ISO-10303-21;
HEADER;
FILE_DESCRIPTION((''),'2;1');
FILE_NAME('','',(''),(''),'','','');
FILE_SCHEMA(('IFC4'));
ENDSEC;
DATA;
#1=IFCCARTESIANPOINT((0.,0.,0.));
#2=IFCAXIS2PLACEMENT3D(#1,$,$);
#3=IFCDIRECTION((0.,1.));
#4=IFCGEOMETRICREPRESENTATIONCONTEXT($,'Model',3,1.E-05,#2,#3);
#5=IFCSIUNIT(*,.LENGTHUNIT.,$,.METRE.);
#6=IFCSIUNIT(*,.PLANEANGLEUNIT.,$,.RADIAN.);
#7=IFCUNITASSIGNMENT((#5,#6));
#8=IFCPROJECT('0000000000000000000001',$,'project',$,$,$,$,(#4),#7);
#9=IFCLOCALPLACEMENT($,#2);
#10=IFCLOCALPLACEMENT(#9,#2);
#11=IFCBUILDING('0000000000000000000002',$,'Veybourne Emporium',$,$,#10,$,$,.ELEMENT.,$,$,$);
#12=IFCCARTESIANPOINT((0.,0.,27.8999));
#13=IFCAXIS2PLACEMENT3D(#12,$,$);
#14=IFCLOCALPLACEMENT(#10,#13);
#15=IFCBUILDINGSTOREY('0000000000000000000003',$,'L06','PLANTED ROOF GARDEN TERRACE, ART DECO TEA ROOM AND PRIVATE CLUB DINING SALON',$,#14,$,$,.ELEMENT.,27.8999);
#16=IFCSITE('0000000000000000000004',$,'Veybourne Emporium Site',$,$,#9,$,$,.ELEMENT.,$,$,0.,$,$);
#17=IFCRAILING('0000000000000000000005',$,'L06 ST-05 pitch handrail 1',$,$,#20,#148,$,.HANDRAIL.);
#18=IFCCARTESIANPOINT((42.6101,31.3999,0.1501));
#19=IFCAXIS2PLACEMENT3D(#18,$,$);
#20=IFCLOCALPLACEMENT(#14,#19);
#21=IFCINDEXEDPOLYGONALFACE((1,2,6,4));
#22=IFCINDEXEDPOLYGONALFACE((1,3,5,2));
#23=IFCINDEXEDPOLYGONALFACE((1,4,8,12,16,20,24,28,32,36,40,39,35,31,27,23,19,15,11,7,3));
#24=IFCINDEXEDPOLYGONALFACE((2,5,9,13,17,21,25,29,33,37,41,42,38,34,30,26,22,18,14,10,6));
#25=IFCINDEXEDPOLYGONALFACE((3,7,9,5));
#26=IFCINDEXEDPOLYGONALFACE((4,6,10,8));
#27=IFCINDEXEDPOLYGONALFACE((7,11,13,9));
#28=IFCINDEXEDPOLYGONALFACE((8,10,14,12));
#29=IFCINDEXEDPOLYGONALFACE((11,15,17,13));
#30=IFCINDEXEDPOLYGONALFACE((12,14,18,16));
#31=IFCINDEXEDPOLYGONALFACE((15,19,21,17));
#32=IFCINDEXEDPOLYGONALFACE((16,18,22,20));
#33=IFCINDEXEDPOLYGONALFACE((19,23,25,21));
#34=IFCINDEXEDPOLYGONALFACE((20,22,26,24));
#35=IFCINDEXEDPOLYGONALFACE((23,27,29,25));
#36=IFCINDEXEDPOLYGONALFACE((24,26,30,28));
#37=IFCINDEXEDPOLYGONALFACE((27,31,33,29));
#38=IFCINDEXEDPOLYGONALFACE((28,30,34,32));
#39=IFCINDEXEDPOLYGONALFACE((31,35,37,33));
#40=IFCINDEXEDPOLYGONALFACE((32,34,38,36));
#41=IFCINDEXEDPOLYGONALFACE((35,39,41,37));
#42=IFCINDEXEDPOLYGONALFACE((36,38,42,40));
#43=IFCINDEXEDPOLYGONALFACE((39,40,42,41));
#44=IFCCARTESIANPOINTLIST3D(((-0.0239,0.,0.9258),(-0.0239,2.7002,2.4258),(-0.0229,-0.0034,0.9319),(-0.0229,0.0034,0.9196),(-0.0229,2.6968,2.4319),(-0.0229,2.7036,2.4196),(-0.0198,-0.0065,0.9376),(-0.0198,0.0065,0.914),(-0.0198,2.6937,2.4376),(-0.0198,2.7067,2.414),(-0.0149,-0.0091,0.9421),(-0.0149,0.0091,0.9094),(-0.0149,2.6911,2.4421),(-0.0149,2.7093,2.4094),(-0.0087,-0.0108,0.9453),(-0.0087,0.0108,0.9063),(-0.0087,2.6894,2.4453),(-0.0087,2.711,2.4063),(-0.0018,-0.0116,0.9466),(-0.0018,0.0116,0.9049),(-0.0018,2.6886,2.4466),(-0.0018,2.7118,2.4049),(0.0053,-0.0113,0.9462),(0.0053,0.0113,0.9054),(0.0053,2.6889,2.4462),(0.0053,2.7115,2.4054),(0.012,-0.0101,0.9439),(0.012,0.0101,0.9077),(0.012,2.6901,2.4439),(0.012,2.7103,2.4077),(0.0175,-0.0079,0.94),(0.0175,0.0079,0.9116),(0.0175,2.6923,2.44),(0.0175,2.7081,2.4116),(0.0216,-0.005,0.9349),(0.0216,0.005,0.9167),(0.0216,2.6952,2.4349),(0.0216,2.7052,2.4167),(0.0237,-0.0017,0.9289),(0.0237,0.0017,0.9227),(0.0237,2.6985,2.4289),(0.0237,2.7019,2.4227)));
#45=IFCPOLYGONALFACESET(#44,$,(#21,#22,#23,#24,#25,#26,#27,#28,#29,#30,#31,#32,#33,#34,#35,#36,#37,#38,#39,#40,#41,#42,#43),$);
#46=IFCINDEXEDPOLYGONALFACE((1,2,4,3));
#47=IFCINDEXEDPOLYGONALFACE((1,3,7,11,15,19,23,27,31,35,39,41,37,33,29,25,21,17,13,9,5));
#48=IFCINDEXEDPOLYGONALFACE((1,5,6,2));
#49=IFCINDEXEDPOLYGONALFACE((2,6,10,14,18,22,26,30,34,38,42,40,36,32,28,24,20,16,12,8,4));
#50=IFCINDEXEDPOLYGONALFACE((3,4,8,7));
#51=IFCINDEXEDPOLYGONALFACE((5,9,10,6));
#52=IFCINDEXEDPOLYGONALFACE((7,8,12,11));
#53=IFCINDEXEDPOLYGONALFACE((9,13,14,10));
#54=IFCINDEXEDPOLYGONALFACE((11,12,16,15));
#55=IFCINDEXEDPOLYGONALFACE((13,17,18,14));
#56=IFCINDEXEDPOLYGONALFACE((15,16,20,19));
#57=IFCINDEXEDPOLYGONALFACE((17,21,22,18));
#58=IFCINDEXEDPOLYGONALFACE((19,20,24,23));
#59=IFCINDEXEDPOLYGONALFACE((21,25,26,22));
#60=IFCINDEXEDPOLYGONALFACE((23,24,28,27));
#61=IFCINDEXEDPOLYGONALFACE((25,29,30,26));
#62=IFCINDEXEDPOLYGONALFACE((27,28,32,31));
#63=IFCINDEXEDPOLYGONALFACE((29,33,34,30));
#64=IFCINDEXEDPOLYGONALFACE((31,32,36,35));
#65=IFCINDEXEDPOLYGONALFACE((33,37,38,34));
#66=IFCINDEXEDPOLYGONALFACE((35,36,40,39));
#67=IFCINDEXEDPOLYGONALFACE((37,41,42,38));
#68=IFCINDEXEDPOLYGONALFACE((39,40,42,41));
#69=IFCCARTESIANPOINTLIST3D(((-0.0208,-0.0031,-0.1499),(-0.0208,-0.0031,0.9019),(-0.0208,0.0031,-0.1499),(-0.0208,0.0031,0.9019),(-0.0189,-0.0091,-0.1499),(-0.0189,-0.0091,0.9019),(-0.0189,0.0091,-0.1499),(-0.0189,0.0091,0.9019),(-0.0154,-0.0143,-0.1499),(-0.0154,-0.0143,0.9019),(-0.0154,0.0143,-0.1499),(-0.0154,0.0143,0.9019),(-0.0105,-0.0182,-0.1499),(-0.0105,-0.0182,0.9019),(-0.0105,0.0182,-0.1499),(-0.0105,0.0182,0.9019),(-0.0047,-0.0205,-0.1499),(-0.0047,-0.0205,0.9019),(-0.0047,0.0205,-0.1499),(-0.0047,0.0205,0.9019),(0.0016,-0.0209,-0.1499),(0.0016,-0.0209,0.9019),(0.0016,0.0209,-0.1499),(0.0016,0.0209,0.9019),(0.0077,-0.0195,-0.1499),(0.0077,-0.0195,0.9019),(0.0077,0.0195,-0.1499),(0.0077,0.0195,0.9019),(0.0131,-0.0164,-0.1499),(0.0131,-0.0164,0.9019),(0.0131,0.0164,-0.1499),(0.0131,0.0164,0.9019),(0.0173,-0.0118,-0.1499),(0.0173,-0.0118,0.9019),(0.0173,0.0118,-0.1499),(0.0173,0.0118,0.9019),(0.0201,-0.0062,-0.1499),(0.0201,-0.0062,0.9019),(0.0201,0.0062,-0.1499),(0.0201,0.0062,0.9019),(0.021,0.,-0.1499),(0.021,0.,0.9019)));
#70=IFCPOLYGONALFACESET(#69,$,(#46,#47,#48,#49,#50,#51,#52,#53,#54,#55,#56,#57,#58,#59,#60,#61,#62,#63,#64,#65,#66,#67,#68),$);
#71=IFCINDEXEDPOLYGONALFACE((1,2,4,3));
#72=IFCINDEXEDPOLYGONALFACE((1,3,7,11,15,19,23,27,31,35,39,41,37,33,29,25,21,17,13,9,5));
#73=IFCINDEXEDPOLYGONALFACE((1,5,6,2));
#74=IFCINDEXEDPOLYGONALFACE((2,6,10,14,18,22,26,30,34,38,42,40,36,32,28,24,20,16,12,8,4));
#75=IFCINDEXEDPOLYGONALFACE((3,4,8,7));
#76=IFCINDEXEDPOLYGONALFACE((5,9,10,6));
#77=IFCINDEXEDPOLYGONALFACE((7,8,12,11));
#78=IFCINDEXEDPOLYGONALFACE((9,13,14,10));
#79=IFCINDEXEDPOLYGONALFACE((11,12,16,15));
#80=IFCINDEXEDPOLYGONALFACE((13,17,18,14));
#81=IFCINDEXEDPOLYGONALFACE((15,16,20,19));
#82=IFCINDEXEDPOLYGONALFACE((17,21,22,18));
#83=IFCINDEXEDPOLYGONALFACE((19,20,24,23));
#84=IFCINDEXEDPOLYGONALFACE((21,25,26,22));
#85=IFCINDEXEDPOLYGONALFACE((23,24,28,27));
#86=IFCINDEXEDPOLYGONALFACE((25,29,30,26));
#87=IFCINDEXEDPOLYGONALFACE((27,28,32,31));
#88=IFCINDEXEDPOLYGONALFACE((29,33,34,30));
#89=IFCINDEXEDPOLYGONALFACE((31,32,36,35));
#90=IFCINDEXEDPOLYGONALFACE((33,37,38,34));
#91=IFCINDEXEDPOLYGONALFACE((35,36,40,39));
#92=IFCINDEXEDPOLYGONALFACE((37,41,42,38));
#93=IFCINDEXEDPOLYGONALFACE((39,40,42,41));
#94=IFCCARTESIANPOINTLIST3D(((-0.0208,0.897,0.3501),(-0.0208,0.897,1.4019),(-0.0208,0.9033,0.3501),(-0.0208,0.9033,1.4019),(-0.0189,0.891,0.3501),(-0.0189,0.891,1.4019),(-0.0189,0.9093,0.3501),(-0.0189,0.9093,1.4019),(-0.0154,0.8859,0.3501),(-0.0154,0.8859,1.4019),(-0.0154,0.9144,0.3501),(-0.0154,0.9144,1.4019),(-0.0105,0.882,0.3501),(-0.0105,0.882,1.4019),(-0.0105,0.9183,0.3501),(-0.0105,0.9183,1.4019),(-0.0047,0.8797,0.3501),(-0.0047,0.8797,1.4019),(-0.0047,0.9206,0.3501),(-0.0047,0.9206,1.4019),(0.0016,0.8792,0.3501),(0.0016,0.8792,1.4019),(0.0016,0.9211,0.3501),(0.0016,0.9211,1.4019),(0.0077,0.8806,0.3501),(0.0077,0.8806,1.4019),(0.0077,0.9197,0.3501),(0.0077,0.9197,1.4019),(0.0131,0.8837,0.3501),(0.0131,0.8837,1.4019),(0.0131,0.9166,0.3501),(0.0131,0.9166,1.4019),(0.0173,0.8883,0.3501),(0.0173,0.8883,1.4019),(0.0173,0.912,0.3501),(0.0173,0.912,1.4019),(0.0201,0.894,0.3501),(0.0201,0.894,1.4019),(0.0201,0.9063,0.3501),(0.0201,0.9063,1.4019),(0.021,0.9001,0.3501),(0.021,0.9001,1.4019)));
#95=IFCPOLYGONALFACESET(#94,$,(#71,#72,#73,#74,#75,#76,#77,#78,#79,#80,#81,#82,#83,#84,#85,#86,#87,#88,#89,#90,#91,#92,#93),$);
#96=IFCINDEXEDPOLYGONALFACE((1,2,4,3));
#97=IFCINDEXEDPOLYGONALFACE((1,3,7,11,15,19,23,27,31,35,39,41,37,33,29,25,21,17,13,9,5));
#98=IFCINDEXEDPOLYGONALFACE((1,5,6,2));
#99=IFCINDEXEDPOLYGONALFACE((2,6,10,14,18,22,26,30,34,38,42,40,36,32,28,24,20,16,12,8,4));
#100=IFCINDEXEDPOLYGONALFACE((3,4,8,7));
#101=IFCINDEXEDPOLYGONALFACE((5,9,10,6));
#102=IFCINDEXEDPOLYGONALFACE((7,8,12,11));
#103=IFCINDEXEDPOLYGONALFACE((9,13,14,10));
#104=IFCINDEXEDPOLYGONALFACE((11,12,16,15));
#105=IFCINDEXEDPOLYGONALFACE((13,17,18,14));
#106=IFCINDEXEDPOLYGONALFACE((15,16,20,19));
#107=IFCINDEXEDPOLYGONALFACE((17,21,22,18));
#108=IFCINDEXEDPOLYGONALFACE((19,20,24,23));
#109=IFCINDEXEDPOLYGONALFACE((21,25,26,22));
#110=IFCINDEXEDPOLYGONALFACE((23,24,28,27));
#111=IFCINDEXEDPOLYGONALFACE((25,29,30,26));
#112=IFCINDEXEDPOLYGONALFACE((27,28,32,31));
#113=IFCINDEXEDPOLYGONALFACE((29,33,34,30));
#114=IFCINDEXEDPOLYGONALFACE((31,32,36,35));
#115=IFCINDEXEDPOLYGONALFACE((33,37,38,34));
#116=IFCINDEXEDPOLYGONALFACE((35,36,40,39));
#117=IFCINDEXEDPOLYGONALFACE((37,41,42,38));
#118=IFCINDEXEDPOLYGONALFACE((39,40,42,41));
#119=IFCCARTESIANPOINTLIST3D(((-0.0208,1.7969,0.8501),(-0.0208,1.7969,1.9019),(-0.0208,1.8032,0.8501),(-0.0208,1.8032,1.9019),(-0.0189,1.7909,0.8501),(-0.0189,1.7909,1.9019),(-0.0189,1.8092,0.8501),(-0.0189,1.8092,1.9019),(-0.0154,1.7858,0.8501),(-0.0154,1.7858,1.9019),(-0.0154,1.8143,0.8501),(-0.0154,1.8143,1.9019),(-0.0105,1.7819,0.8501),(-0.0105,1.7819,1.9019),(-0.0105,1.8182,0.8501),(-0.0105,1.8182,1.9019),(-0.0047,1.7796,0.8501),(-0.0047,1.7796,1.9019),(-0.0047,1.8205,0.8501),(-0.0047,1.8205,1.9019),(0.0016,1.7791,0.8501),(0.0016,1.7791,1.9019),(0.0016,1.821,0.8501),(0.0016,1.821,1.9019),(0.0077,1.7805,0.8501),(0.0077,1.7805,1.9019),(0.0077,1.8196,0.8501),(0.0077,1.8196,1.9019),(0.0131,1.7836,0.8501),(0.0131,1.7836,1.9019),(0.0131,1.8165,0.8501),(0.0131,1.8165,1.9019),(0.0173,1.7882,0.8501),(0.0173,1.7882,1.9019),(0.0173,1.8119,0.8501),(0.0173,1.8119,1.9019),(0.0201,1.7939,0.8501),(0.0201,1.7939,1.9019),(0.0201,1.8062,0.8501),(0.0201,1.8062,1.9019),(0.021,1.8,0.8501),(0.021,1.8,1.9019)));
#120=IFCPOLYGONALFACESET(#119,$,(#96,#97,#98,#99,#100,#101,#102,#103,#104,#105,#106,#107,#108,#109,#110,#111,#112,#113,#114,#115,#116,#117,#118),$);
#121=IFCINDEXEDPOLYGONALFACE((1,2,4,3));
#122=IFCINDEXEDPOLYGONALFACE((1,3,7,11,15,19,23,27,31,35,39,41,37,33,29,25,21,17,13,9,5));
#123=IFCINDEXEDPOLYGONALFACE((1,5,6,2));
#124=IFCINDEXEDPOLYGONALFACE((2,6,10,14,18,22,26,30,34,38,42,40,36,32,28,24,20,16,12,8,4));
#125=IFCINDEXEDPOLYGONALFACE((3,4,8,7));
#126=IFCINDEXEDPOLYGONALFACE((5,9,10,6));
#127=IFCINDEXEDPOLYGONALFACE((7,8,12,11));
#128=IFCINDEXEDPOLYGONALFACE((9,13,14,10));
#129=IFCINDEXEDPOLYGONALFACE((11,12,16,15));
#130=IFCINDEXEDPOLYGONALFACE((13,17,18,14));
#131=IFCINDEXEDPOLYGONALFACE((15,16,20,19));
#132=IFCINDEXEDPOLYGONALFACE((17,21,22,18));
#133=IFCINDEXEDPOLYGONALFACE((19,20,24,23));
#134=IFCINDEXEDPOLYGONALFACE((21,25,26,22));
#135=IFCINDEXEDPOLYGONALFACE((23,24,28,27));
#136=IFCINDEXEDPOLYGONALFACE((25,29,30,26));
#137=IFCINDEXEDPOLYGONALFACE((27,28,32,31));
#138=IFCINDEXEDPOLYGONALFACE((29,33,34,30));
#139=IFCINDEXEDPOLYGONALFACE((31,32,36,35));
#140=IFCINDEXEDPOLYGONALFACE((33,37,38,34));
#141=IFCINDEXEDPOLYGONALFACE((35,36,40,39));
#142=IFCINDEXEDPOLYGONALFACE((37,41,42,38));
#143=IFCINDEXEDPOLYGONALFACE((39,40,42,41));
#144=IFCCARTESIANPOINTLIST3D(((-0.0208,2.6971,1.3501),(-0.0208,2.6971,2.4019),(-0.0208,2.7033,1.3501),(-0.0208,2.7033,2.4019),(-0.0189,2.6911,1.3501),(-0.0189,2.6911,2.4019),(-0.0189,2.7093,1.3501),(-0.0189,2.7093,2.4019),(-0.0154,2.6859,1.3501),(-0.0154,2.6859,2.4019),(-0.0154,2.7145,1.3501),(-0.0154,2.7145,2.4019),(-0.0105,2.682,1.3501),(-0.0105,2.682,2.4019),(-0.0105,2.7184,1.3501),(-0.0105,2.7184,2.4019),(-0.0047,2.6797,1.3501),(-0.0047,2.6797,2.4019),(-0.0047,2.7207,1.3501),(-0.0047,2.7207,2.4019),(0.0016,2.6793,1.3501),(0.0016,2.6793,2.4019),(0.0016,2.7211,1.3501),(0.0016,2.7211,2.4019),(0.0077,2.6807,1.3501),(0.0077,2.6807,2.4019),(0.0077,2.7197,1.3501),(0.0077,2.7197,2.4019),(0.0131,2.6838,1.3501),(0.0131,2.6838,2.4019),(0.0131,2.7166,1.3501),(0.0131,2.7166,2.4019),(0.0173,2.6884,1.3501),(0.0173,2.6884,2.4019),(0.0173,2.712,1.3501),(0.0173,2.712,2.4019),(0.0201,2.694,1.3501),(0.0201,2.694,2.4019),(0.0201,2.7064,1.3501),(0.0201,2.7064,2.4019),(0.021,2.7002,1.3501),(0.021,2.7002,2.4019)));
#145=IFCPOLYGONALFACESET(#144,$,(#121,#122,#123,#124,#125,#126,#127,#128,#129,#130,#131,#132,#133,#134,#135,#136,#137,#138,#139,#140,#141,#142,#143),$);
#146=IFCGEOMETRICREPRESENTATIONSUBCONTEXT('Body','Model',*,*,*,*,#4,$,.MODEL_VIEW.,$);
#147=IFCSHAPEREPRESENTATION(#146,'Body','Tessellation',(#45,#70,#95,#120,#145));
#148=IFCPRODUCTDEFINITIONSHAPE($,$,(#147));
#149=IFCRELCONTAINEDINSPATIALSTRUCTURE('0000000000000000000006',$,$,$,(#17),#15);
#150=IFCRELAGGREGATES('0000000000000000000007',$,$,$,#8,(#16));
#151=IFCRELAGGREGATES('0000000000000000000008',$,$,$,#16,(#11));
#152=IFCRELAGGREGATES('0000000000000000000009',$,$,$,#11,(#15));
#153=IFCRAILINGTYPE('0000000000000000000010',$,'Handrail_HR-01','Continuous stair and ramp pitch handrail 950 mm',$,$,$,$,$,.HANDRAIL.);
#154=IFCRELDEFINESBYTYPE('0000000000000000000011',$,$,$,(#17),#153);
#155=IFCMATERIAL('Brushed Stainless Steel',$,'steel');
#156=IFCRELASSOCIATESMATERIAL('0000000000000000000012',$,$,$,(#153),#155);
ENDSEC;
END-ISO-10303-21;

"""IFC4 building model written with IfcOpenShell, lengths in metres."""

from ifc_helpers import new_model, si_unit, direction, frame, origin, origin_2d, place, context, subcontext, project, spatial, circle, extrude, material, type_object, element, save


model = new_model("IFC4")

# Units and contexts
model_context = context("Model", 3, precision=1e-05, world=origin(), true_north=direction((0.0, 1.0)))
body_context = subcontext(model_context, "Body", "Model", "MODEL_VIEW")
ifc_project = project(units=[si_unit("LENGTHUNIT", "METRE"), si_unit("PLANEANGLEUNIT", "RADIAN")], contexts=[model_context])

# Site, building, storey
site_placement = place(None, origin())
site = spatial("IfcSite", under=ifc_project, at=site_placement, Name="Veybourne Emporium Site", CompositionType="ELEMENT", RefElevation=0.0)
building_placement = place(site_placement, origin())
building = spatial("IfcBuilding", under=site, at=building_placement, Name="Veybourne Emporium", CompositionType="ELEMENT")
storey_placement = place(building_placement, frame((0.0, 0.0, 27.8999)))
storey = spatial("IfcBuildingStorey", under=building, at=storey_placement, Name="L06", Description="PLANTED ROOF GARDEN TERRACE, ART DECO TEA ROOM AND PRIVATE CLUB DINING SALON", CompositionType="ELEMENT", Elevation=27.8999)

# Railing
ifc_material_1 = material(Name="Brushed Stainless Steel", Category="steel")
railing_type_1 = type_object("IfcRailingType", Name="Handrail_HR-01", Description="Continuous stair and ramp pitch handrail 950 mm", PredefinedType="HANDRAIL", material=ifc_material_1)
railing_1_placement = place(storey_placement, frame((42.6101, 31.3999, 0.1501)))
element("IfcRailing", 1, at=railing_1_placement, inside=storey, type_object=railing_type_1, Name="L06 ST-05 pitch handrail 1", PredefinedType="HANDRAIL", context=body_context, shape_type="SweptSolid", body=[
    extrude(circle(Radius=0.0239, at=origin_2d()), frame((0.0, 0.0, 0.9258), z_axis=(0.0, 0.874172, 0.485616), x_axis=(-1.0, 0.0, 0.0)), (0.0, 0.0, 1.0), 3.0889),
    extrude(circle(Radius=0.021, at=origin_2d()), frame((0.0, 0.0, -0.1499)), (0.0, 0.0, 1.0), 1.0518),
    extrude(circle(Radius=0.021, at=origin_2d()), frame((0.0, 0.9001, 0.3501)), (0.0, 0.0, 1.0), 1.0518),
    extrude(circle(Radius=0.021, at=origin_2d()), frame((0.0, 1.8, 0.8501)), (0.0, 0.0, 1.0), 1.0518),
    extrude(circle(Radius=0.021, at=origin_2d()), frame((0.0, 2.7002, 1.3501)), (0.0, 0.0, 1.0), 1.0518),
])

save(model, "model.ifc")
